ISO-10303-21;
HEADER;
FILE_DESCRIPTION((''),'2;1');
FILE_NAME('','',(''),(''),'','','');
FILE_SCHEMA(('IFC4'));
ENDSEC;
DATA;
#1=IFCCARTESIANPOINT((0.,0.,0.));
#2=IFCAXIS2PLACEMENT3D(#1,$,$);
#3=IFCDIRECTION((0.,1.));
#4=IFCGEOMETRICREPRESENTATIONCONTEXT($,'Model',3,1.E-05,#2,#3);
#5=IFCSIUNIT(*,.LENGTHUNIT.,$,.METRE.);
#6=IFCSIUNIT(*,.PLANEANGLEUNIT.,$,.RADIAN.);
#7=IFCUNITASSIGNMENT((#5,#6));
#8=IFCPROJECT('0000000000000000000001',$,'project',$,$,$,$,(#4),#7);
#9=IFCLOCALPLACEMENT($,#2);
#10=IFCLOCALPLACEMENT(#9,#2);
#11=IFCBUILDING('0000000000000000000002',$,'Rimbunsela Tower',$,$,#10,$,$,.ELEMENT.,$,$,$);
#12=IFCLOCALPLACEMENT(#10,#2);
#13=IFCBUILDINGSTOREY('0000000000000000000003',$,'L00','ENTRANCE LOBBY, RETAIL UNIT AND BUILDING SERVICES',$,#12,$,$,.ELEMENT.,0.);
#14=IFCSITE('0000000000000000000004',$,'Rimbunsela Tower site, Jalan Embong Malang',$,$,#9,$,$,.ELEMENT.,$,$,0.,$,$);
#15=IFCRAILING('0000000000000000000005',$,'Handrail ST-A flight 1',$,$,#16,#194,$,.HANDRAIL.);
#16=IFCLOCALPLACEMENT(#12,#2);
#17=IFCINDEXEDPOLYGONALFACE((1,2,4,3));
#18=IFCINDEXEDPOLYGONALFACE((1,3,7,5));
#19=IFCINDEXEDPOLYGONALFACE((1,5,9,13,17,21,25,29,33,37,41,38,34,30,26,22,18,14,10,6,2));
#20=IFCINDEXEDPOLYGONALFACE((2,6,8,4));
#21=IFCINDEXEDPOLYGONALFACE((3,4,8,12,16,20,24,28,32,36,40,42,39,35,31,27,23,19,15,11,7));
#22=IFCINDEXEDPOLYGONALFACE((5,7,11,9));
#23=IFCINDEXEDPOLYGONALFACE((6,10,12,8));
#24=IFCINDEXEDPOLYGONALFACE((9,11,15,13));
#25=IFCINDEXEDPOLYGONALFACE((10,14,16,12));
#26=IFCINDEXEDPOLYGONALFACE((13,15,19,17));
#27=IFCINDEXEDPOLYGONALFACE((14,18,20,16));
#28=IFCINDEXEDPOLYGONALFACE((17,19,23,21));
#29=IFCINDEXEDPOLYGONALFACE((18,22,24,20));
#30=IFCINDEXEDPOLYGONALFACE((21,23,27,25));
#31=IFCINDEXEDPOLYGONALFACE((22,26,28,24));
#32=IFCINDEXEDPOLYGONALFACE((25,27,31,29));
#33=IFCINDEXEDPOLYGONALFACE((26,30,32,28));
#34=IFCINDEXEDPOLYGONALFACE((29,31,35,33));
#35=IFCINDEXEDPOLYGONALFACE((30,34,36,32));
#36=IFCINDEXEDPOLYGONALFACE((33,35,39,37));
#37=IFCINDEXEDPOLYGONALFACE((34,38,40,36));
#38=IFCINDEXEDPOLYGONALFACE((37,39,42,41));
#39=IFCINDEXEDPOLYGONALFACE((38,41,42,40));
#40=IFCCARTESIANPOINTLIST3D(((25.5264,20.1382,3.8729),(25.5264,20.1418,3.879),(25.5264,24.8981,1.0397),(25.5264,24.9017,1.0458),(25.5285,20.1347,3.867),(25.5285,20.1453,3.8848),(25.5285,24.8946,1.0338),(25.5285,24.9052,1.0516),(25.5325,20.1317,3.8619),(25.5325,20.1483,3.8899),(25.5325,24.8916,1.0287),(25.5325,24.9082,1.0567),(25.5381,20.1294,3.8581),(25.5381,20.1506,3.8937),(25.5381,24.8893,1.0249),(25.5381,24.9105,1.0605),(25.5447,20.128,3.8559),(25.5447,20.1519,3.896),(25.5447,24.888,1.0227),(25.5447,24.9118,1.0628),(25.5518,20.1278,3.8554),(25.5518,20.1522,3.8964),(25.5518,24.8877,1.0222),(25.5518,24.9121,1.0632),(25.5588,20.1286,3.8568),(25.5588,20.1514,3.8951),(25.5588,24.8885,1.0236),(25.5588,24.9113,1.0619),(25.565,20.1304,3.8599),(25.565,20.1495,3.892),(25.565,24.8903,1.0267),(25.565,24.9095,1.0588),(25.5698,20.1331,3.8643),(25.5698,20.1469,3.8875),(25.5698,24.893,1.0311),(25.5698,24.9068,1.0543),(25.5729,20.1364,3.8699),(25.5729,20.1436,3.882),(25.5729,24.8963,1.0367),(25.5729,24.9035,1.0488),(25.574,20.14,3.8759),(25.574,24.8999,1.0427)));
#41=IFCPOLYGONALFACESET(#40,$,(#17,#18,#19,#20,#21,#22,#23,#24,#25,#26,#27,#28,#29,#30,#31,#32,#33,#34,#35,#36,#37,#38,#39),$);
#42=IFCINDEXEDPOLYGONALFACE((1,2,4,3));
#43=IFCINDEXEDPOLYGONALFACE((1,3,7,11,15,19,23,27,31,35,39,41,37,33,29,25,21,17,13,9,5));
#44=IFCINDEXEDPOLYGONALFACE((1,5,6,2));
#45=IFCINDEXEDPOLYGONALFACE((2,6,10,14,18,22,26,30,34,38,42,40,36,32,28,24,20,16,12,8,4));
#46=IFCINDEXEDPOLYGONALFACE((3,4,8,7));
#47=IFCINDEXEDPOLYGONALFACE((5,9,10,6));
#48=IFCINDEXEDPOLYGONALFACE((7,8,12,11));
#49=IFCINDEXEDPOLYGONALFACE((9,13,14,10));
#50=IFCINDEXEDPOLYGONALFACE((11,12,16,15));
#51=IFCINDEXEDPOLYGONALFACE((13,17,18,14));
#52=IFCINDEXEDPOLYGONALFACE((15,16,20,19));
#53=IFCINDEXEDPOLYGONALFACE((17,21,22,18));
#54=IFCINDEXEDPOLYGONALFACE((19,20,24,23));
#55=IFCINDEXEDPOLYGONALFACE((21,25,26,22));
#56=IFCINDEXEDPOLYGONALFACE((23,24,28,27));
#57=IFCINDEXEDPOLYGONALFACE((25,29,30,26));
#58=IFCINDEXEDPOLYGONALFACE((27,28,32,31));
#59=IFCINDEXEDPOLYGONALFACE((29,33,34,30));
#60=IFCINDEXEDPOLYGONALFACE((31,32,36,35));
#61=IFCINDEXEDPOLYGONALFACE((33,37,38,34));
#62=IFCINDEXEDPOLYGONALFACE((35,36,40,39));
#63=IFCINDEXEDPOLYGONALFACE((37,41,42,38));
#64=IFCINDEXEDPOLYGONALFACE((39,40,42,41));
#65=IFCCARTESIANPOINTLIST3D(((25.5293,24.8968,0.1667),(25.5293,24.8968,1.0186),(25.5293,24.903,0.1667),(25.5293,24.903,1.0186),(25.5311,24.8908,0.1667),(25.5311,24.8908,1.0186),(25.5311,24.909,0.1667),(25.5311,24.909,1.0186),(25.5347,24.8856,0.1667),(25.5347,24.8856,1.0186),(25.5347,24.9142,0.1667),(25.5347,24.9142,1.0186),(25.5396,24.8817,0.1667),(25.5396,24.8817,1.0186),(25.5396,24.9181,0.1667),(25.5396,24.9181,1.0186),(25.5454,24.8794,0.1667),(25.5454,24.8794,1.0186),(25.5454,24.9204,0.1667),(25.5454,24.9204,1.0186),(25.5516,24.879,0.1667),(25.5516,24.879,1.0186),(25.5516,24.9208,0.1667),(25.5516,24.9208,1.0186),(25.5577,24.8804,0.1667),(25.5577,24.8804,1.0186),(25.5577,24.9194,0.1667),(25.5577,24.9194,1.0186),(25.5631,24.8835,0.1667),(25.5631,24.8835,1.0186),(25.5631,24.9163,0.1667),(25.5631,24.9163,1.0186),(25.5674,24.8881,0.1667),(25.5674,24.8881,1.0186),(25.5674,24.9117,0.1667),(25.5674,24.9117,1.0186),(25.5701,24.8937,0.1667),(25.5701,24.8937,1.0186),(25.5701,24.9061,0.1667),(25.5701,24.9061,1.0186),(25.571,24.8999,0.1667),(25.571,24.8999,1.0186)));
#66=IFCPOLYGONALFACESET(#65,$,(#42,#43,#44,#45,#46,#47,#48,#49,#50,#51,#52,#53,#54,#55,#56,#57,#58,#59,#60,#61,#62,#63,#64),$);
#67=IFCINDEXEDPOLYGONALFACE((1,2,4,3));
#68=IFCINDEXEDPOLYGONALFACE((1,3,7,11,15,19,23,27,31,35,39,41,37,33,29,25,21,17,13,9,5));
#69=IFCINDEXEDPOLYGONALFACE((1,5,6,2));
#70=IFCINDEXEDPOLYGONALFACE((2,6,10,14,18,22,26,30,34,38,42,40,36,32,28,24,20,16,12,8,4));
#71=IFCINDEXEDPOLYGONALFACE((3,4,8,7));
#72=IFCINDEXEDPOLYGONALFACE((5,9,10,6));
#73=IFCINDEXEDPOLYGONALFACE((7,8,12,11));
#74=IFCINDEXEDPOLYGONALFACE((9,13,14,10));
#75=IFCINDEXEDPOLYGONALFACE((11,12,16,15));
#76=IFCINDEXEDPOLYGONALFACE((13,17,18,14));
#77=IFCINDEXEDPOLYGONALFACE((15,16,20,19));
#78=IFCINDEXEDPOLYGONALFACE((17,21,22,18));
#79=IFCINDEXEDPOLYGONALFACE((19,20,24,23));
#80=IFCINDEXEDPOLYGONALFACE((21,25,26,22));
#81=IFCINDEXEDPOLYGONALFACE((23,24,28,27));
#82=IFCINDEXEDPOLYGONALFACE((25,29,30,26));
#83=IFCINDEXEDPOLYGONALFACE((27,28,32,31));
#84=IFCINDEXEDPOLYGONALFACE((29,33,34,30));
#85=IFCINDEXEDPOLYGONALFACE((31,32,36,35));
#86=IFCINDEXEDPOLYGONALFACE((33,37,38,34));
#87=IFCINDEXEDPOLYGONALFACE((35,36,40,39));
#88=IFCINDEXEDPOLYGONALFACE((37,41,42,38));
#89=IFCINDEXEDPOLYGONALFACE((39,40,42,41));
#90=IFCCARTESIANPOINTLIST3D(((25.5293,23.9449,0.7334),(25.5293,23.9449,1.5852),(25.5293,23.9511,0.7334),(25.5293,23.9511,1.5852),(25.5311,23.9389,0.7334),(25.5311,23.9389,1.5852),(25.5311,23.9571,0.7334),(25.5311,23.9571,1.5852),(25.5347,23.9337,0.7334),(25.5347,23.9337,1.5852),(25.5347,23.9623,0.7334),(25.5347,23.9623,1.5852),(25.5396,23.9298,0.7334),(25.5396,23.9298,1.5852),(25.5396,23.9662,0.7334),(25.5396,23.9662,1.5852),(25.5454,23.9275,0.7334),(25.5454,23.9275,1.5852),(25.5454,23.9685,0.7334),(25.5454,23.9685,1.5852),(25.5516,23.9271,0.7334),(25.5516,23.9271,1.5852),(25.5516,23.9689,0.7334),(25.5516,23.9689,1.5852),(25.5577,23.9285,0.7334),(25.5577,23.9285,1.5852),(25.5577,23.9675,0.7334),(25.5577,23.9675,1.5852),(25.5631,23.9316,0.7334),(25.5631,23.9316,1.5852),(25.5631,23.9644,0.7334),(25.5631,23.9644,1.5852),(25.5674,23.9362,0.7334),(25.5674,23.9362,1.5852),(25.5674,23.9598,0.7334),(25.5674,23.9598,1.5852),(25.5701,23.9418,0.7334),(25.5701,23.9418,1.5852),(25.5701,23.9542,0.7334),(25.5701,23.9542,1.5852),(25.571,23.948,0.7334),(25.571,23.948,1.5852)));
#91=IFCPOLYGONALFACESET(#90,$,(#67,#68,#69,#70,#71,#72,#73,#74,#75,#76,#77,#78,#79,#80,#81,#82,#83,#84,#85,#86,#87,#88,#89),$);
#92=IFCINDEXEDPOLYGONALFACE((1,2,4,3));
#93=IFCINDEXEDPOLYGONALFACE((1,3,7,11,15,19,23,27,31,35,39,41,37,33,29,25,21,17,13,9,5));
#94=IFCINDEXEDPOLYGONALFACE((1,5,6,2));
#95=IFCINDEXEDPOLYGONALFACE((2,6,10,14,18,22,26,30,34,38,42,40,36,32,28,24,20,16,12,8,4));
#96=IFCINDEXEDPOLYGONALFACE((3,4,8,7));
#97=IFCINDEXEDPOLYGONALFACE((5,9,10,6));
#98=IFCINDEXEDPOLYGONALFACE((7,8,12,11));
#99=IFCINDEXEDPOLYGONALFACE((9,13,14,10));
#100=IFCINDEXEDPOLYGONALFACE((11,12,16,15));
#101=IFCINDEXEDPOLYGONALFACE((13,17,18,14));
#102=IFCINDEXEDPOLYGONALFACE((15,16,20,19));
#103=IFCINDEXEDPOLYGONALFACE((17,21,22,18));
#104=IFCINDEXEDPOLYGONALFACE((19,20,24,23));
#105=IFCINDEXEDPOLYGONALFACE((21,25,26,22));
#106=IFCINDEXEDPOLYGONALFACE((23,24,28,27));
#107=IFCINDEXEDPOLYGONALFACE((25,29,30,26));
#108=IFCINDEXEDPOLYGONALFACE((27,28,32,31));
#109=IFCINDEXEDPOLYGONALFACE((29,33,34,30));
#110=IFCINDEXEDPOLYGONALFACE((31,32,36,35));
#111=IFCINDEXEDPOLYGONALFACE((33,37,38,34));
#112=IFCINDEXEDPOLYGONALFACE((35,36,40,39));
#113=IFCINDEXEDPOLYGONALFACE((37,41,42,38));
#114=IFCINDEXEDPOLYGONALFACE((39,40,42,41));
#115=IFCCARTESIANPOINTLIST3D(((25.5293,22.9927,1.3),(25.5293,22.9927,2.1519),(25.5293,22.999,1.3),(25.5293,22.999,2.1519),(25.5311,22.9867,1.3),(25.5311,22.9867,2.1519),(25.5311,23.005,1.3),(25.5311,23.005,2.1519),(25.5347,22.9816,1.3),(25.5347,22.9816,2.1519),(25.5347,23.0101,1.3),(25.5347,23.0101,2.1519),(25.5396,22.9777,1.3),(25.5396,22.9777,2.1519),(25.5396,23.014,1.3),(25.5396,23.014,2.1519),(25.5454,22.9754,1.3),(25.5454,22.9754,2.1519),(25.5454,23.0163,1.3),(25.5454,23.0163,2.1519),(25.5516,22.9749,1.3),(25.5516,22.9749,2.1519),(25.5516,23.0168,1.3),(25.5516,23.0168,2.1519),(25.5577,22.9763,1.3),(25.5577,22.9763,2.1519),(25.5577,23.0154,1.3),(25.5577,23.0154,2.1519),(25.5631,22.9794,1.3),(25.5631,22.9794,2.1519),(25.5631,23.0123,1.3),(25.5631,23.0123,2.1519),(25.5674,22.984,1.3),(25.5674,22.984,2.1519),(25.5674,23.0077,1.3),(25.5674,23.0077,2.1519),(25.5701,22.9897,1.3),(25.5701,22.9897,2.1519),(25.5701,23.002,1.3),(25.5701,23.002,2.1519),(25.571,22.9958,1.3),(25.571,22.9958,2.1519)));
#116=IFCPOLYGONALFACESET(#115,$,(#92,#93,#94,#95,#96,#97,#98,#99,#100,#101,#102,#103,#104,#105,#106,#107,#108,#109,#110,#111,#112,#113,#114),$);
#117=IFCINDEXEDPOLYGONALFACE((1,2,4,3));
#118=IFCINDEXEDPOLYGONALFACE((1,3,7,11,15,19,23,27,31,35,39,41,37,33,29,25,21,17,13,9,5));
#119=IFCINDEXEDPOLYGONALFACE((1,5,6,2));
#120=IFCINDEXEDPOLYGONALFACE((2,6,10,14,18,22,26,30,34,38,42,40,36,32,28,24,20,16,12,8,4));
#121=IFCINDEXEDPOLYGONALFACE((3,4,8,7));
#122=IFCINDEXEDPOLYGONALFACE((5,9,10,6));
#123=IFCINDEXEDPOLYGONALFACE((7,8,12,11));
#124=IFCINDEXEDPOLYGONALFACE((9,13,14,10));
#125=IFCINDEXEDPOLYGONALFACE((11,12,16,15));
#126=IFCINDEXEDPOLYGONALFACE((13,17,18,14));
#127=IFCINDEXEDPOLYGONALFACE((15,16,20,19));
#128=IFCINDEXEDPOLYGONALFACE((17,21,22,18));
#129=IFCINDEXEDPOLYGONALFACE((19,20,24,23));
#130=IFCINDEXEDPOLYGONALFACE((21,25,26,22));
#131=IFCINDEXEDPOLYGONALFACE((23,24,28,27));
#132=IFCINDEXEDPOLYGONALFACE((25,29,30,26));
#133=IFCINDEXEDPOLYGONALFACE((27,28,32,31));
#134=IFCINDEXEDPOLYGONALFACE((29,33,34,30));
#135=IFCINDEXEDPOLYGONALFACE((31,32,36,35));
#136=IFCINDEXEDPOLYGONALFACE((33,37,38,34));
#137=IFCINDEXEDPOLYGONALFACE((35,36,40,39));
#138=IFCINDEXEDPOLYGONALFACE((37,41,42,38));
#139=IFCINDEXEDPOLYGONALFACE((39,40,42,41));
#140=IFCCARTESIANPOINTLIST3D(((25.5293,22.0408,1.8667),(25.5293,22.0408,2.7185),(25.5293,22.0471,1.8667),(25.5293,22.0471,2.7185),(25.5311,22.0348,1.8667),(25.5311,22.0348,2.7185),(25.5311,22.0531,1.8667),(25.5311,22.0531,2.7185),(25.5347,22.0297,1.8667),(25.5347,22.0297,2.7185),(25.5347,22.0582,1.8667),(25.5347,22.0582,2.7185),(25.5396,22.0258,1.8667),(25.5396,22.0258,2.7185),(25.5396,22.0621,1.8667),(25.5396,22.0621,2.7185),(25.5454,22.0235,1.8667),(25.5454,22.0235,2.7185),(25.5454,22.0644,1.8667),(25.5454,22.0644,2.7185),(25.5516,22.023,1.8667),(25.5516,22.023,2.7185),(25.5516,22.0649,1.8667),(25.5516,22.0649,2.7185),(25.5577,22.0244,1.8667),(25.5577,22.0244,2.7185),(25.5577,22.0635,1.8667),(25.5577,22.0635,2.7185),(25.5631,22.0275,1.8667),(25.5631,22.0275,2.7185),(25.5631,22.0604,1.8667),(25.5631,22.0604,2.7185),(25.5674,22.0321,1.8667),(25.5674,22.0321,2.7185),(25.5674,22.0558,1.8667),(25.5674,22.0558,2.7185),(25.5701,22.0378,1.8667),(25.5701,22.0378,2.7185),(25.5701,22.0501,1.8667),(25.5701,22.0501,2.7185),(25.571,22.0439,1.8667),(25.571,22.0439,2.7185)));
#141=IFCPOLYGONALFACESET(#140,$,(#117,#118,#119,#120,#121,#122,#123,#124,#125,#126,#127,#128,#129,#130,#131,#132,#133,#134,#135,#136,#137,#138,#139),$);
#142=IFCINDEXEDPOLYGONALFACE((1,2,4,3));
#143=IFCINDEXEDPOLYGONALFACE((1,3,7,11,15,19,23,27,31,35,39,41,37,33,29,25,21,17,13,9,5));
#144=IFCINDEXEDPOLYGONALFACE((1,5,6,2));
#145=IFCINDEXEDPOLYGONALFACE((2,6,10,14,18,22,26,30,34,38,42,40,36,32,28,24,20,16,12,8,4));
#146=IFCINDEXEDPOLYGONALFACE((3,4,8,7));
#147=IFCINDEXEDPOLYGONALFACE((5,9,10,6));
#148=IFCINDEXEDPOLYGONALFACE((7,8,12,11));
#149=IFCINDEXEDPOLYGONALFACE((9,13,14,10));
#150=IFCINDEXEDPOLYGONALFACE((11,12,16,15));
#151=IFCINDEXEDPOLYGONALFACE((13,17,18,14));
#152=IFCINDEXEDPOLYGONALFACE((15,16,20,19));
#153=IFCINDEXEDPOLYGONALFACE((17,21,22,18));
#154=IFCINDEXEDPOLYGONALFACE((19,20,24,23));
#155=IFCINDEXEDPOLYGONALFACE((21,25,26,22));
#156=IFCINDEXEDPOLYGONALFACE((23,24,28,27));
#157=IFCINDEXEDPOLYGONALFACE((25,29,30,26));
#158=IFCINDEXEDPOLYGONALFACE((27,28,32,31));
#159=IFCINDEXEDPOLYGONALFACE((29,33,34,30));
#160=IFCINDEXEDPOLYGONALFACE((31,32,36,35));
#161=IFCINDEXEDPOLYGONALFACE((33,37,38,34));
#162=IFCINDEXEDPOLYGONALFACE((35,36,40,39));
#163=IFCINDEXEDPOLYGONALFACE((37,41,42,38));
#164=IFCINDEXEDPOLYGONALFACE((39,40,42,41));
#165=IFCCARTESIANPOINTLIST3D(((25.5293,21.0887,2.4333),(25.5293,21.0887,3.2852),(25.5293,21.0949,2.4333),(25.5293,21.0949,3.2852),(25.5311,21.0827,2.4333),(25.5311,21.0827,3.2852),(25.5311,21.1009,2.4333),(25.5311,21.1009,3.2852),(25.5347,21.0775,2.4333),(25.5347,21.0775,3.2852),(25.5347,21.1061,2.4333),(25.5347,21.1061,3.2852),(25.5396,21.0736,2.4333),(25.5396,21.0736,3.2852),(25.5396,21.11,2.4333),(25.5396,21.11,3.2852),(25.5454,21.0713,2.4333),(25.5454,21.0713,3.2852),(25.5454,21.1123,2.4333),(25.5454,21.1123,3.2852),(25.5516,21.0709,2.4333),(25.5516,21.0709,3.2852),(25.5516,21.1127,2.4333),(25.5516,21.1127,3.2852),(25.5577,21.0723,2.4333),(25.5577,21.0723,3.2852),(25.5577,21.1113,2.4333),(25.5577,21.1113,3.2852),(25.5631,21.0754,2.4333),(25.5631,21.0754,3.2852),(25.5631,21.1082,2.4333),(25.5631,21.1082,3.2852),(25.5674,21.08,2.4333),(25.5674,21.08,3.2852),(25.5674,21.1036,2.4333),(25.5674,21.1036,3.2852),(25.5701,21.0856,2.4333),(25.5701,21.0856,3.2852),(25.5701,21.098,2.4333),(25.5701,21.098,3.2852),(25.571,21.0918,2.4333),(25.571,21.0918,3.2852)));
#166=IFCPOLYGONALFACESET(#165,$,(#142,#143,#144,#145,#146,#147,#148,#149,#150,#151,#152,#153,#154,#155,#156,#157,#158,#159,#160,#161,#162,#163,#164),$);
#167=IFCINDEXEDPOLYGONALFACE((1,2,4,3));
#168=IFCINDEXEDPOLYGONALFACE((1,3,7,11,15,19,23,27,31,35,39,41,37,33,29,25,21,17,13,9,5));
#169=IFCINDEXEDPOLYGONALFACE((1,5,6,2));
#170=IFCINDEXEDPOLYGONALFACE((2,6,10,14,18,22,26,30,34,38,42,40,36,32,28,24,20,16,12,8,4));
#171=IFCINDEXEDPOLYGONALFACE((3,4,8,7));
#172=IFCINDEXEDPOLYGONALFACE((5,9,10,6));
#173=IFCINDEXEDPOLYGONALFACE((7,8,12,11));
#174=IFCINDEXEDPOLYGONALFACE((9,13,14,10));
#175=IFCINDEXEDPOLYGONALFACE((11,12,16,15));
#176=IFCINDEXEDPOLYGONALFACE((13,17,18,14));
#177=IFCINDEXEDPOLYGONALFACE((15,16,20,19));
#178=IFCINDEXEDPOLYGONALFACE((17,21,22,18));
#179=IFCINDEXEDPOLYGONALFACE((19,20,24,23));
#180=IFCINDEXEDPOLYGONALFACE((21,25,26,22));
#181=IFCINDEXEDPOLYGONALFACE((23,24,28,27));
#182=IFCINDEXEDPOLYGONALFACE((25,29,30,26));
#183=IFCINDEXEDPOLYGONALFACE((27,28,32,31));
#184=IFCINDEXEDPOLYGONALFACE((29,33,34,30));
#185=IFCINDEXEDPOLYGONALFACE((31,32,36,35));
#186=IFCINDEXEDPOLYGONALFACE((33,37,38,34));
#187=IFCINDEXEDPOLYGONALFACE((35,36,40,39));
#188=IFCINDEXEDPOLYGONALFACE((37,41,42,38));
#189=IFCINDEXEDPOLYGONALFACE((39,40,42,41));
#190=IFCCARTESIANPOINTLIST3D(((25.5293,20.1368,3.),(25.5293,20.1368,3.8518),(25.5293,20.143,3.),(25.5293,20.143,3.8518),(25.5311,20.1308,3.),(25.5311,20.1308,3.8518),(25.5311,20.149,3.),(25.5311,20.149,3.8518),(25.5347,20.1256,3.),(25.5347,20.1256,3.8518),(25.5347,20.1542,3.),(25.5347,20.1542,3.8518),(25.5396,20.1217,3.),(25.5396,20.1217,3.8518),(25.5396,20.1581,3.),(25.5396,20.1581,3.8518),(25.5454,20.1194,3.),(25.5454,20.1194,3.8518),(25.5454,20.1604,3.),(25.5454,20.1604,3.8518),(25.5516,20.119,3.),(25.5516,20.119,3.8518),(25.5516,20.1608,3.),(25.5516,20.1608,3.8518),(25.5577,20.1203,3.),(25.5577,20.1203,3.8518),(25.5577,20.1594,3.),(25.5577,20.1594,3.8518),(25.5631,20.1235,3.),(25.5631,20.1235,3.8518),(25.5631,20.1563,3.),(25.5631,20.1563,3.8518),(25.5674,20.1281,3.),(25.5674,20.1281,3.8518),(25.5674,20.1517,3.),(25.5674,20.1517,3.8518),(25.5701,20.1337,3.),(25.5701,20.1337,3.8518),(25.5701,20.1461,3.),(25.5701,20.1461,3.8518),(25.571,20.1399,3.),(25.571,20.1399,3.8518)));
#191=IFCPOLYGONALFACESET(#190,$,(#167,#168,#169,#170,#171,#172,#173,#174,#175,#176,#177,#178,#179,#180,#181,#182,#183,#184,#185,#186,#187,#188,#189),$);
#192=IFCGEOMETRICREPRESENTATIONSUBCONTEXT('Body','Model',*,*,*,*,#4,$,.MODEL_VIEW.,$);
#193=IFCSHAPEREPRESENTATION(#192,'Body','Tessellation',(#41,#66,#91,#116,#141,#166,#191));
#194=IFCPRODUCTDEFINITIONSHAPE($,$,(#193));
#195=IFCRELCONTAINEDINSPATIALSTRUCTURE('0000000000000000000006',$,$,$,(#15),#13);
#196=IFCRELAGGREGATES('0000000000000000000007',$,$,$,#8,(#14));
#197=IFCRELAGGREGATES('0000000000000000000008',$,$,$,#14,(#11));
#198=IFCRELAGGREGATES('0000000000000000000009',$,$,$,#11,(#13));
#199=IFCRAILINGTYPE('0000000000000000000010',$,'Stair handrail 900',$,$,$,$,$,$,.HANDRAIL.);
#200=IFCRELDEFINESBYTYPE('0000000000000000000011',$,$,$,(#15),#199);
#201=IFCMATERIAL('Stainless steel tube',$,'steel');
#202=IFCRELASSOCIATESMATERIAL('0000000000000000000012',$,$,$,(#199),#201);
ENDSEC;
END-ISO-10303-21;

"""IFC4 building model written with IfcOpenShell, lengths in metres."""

from ifc_helpers import new_model, si_unit, direction, frame, origin, origin_2d, place, context, subcontext, project, spatial, circle, extrude, material, type_object, element, save


model = new_model("IFC4")

# Units and contexts
model_context = context("Model", 3, precision=1e-05, world=origin(), true_north=direction((0.0, 1.0)))
body_context = subcontext(model_context, "Body", "Model", "MODEL_VIEW")
ifc_project = project(units=[si_unit("LENGTHUNIT", "METRE"), si_unit("PLANEANGLEUNIT", "RADIAN")], contexts=[model_context])

# Site, building, storey
site_placement = place(None, origin())
site = spatial("IfcSite", under=ifc_project, at=site_placement, Name="Rimbunsela Tower site, Jalan Embong Malang", CompositionType="ELEMENT", RefElevation=0.0)
building_placement = place(site_placement, origin())
building = spatial("IfcBuilding", under=site, at=building_placement, Name="Rimbunsela Tower", CompositionType="ELEMENT")
storey_placement = place(building_placement, origin())
storey = spatial("IfcBuildingStorey", under=building, at=storey_placement, Name="L00", Description="ENTRANCE LOBBY, RETAIL UNIT AND BUILDING SERVICES", CompositionType="ELEMENT", Elevation=0.0)

# Railing
ifc_material_1 = material(Name="Stainless steel tube", Category="steel")
railing_type = type_object("IfcRailingType", Name="Stair handrail 900", PredefinedType="HANDRAIL", material=ifc_material_1)
railing_1_placement = place(storey_placement, frame((25.55, 24.8999, 0.1667)))
element("IfcRailing", 1, at=railing_1_placement, inside=storey, type_object=railing_type, Name="Handrail ST-A flight 1", PredefinedType="HANDRAIL", context=body_context, shape_type="SweptSolid", body=[
    extrude(circle(Radius=0.0239, at=origin_2d()), frame((0.0, 0.0, 0.876), z_axis=(0.0, -0.8593, 0.511472), x_axis=(1.0, 0.0, 0.0)), (0.0, 0.0, 1.0), 5.5393),
    extrude(circle(Radius=0.021, at=origin_2d()), origin(), (0.0, 0.0, 1.0), 0.8518),
    extrude(circle(Radius=0.021, at=origin_2d()), frame((0.0, -0.9519, 0.5667)), (0.0, 0.0, 1.0), 0.8518),
    extrude(circle(Radius=0.021, at=origin_2d()), frame((0.0, -1.9041, 1.1333)), (0.0, 0.0, 1.0), 0.8518),
    extrude(circle(Radius=0.021, at=origin_2d()), frame((0.0, -2.856, 1.7)), (0.0, 0.0, 1.0), 0.8518),
    extrude(circle(Radius=0.021, at=origin_2d()), frame((0.0, -3.8081, 2.2666)), (0.0, 0.0, 1.0), 0.8518),
    extrude(circle(Radius=0.021, at=origin_2d()), frame((0.0, -4.76, 2.8333)), (0.0, 0.0, 1.0), 0.8518),
])

save(model, "model.ifc")
